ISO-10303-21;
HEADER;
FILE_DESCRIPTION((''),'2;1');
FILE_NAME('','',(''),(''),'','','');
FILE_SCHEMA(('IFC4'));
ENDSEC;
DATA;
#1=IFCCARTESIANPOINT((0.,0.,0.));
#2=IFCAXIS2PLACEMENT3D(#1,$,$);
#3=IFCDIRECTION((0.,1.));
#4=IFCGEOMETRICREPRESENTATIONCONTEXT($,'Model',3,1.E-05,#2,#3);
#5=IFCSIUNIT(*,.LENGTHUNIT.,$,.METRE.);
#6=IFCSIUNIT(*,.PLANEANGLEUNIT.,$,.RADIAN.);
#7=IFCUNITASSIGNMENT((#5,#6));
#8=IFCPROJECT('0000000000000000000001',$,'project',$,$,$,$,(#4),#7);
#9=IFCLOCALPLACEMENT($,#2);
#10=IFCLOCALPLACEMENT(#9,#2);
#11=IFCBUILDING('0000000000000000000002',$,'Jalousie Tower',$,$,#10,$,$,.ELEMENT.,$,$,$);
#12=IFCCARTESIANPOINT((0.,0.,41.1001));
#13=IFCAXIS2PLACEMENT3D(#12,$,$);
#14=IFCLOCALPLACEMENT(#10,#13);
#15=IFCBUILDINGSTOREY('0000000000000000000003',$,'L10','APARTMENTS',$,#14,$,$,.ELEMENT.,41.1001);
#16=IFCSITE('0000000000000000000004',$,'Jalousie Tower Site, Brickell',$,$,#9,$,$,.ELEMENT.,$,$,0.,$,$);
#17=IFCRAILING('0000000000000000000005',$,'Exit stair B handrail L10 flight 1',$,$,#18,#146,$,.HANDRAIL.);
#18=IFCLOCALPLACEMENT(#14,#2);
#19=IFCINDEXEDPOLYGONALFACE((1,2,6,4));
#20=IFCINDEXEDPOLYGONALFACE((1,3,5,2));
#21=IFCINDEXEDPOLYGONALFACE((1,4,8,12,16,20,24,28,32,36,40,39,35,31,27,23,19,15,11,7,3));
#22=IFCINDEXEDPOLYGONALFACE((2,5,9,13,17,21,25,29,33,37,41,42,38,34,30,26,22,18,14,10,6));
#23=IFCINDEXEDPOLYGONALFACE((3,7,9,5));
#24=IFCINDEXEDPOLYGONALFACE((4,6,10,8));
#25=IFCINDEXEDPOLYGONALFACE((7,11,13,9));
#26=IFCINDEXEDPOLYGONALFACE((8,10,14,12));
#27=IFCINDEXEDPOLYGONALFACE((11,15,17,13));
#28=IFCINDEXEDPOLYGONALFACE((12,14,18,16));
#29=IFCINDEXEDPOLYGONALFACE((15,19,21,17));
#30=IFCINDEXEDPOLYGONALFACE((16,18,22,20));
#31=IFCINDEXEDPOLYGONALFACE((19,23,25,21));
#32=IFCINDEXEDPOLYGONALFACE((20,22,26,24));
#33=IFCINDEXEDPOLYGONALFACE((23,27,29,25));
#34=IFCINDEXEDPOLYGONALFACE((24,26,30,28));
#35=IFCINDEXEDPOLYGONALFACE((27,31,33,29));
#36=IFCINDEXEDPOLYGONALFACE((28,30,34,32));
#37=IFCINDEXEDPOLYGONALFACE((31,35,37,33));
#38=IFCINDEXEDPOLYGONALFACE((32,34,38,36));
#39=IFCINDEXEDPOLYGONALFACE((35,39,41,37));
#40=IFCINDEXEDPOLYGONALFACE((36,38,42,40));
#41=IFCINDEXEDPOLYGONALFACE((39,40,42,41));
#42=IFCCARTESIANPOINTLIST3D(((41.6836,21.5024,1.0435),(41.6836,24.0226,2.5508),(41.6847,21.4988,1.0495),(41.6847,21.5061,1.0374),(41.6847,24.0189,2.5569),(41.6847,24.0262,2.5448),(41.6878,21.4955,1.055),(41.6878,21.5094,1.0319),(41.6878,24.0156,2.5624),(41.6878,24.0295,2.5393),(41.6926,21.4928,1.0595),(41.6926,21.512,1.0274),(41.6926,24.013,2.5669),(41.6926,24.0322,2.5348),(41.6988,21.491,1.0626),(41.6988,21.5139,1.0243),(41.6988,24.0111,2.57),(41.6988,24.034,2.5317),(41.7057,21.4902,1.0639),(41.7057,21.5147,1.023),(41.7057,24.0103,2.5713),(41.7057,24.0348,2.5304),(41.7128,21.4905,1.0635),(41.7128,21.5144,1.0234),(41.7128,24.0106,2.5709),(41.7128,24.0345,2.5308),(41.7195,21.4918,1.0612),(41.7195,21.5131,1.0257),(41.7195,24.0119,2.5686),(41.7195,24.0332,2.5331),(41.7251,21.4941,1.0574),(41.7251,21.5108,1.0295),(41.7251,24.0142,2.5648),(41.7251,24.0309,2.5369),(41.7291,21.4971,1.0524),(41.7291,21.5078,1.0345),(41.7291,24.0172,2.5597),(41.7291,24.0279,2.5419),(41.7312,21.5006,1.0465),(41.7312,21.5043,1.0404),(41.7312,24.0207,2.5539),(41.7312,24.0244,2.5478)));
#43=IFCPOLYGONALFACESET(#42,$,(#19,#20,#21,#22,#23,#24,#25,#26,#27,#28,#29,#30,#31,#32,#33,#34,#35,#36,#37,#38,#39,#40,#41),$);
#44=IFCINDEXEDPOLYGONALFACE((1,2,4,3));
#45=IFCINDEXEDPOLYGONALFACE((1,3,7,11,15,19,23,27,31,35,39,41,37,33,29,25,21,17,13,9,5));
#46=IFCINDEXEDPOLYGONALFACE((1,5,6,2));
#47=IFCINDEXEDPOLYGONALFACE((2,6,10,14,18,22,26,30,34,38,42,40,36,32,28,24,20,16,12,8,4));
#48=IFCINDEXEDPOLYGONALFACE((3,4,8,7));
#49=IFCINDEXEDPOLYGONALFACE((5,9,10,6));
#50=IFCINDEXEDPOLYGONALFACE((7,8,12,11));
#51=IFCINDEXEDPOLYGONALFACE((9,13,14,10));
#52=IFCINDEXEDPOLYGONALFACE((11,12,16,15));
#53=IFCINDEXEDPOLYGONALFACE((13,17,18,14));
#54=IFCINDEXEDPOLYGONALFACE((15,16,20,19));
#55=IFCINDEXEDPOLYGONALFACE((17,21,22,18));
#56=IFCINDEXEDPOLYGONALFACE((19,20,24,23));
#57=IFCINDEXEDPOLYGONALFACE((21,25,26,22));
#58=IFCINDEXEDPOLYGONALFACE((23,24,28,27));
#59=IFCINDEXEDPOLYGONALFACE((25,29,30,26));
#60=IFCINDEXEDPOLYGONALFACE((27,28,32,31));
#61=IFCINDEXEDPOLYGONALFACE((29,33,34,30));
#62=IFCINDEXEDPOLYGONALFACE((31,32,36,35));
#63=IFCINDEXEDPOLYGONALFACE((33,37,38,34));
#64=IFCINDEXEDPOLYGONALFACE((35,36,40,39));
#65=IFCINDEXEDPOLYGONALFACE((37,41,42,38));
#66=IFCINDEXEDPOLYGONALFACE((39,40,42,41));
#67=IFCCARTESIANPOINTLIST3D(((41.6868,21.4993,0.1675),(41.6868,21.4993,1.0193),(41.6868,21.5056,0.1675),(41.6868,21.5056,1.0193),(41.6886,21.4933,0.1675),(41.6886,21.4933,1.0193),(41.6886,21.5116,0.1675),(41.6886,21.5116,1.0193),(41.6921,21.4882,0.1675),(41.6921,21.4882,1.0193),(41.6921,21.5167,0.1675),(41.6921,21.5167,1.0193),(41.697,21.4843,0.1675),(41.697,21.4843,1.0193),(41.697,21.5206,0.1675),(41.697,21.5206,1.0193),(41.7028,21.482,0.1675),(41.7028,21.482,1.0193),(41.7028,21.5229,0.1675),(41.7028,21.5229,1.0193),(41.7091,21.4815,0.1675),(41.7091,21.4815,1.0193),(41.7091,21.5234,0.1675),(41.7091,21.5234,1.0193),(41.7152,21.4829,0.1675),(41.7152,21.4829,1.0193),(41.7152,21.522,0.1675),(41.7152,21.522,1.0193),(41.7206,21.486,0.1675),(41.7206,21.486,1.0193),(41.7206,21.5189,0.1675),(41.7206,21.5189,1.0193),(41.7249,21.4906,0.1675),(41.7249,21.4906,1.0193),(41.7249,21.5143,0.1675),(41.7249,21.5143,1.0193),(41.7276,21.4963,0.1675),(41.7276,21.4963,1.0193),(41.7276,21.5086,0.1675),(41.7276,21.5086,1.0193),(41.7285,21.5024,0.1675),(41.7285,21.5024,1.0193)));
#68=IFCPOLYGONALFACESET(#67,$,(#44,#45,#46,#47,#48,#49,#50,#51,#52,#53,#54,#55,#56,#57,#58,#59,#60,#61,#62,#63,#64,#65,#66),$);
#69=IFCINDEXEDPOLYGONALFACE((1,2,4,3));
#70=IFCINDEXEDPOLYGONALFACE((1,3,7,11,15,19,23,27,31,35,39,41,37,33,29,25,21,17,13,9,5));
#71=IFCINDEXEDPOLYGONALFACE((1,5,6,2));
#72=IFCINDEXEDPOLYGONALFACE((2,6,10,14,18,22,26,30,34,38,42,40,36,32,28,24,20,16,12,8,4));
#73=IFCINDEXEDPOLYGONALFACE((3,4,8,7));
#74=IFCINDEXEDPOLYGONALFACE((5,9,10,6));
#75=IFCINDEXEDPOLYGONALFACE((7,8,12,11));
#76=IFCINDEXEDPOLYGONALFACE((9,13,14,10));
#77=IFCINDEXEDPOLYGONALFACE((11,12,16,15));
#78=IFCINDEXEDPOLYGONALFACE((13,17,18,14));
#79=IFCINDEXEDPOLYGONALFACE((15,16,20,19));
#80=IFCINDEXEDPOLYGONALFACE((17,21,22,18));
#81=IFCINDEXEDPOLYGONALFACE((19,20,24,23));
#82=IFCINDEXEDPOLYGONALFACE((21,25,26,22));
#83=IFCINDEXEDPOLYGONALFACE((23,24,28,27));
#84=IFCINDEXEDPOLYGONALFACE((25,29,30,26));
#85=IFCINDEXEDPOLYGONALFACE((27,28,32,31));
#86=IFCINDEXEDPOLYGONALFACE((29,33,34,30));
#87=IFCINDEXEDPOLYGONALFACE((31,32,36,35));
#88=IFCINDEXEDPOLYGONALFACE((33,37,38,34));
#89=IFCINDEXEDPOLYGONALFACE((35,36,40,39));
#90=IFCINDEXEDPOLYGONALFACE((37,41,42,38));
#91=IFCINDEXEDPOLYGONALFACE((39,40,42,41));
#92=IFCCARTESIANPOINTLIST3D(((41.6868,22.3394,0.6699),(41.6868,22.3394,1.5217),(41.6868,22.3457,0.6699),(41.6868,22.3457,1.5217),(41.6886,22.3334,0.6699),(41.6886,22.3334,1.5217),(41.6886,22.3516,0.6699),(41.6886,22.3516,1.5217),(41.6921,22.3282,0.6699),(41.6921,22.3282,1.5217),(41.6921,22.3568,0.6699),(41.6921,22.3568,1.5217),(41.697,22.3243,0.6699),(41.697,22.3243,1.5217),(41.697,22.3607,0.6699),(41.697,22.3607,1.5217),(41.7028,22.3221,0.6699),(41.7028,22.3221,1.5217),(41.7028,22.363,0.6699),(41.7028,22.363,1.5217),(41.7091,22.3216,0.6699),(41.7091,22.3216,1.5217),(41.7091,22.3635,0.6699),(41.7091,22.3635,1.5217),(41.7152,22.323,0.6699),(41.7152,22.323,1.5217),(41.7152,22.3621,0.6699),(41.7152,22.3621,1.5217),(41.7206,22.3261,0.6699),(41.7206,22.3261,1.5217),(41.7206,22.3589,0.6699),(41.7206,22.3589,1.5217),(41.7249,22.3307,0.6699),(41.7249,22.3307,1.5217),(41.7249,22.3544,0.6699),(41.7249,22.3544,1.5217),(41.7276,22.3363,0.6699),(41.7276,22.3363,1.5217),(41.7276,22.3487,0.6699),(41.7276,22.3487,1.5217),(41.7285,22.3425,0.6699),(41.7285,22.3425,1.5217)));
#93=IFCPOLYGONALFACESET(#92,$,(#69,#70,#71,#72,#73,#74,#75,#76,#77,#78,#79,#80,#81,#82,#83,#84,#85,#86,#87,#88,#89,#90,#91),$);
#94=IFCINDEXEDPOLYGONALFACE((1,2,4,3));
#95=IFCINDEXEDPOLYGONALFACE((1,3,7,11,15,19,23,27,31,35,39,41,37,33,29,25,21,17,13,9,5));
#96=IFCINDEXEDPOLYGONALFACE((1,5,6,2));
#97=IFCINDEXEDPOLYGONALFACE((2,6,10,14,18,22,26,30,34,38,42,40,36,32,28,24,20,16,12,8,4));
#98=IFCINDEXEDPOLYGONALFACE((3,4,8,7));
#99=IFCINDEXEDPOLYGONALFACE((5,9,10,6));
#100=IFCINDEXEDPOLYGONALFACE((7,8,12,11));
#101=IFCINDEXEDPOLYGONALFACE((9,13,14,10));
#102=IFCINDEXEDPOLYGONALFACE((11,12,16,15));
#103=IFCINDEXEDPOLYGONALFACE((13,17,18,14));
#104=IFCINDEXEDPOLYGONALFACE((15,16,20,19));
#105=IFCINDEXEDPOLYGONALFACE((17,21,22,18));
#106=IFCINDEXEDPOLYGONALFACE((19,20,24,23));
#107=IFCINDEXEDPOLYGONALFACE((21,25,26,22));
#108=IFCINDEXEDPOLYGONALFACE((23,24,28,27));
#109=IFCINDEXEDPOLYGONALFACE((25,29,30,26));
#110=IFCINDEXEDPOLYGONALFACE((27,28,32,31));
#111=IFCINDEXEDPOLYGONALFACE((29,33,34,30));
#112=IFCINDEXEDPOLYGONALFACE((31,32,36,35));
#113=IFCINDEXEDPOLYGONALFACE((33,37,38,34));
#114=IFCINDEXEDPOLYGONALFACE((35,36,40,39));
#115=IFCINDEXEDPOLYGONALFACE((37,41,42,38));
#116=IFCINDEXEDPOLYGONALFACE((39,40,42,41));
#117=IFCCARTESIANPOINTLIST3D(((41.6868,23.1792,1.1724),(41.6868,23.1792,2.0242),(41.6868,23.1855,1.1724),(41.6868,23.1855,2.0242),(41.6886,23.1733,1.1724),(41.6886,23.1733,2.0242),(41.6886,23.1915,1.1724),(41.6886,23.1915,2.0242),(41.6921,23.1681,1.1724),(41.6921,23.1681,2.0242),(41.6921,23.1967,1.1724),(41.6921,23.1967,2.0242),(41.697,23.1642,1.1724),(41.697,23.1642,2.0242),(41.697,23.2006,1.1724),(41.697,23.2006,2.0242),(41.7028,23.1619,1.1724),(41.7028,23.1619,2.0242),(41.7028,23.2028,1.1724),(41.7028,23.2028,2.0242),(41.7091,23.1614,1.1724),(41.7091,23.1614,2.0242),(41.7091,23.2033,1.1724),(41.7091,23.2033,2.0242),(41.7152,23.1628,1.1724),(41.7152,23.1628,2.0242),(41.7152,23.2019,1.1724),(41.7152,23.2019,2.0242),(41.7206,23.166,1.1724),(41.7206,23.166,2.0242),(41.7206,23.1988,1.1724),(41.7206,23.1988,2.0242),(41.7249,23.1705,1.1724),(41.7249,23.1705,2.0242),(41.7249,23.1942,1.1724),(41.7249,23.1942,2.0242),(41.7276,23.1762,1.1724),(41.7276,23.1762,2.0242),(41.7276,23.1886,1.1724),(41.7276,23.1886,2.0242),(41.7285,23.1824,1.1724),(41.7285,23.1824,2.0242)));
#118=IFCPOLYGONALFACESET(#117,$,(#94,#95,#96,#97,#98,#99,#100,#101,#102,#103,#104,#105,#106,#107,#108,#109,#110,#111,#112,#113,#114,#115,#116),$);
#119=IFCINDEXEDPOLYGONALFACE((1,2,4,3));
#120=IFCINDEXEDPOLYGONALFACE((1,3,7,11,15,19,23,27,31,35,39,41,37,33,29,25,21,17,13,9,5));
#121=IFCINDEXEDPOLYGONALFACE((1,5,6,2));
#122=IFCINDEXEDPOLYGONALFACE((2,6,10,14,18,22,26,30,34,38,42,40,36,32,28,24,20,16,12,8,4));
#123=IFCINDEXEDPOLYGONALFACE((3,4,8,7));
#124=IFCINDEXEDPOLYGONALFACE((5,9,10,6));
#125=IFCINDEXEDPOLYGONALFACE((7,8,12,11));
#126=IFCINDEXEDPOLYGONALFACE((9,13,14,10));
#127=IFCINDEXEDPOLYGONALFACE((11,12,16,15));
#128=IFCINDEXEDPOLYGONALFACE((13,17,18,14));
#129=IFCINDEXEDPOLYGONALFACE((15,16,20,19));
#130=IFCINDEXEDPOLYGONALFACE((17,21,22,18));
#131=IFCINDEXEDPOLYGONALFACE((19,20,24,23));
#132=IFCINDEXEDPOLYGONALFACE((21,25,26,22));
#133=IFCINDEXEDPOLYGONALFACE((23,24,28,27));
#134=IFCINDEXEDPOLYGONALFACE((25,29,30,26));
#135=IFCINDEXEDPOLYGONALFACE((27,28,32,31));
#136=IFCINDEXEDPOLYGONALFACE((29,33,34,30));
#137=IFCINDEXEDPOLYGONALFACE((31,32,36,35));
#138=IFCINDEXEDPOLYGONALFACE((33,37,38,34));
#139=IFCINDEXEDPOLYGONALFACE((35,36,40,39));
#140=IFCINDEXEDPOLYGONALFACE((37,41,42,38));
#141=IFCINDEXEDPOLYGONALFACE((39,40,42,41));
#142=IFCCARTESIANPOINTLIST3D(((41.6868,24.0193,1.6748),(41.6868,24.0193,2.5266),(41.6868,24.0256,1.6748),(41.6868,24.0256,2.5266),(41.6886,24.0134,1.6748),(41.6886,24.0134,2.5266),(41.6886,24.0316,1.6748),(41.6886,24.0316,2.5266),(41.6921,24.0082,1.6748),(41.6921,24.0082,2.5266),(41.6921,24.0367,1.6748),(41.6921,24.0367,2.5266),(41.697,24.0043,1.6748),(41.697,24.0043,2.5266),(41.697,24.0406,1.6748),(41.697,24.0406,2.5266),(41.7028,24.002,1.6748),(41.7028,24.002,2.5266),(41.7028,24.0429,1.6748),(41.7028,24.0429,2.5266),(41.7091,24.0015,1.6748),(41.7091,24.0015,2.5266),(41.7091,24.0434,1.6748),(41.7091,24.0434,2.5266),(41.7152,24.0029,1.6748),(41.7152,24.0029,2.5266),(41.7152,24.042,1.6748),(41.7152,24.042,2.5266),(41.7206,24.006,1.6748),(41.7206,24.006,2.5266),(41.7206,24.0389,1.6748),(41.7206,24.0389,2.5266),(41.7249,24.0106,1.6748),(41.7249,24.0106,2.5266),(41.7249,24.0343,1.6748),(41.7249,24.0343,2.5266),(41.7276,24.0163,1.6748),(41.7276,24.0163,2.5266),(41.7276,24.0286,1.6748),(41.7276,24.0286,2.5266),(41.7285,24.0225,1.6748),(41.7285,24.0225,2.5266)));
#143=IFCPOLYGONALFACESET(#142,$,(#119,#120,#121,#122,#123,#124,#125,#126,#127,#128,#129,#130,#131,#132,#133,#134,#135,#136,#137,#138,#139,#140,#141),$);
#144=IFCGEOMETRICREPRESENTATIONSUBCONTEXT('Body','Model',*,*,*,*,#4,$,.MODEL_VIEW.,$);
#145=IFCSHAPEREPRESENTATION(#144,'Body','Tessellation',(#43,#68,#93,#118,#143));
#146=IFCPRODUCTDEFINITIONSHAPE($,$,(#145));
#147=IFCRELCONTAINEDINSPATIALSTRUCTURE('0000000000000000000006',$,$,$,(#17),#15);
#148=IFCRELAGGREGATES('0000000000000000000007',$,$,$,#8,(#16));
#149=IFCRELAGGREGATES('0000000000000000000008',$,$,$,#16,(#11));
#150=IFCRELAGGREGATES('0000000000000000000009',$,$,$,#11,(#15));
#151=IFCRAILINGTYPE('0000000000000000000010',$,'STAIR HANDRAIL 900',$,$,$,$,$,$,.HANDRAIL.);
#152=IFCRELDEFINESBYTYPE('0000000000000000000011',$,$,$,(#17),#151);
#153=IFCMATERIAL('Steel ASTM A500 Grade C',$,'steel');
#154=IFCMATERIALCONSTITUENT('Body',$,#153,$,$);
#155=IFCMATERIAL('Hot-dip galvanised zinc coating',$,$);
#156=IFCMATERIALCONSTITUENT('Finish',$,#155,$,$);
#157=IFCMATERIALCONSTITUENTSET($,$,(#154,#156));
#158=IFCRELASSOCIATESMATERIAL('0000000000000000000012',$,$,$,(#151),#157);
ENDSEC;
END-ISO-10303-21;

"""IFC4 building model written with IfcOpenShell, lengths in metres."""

from ifc_helpers import new_model, si_unit, direction, frame, origin, origin_2d, place, context, subcontext, project, spatial, circle, extrude, material, constituent, constituent_set, type_object, element, save


model = new_model("IFC4")

# Units and contexts
model_context = context("Model", 3, precision=1e-05, world=origin(), true_north=direction((0.0, 1.0)))
body_context = subcontext(model_context, "Body", "Model", "MODEL_VIEW")
ifc_project = project(units=[si_unit("LENGTHUNIT", "METRE"), si_unit("PLANEANGLEUNIT", "RADIAN")], contexts=[model_context])

# Site, building, storey
site_placement = place(None, origin())
site = spatial("IfcSite", under=ifc_project, at=site_placement, Name="Jalousie Tower Site, Brickell", CompositionType="ELEMENT", RefElevation=0.0)
building_placement = place(site_placement, origin())
building = spatial("IfcBuilding", under=site, at=building_placement, Name="Jalousie Tower", CompositionType="ELEMENT")
storey_placement = place(building_placement, frame((0.0, 0.0, 41.1001)))
storey = spatial("IfcBuildingStorey", under=building, at=storey_placement, Name="L10", Description="APARTMENTS", CompositionType="ELEMENT", Elevation=41.1001)

# Railing
ifc_material_1 = material(Name="Steel ASTM A500 Grade C", Category="steel")
ifc_constituent_1 = constituent(ifc_material_1, Name="Body")
ifc_material_2 = material(Name="Hot-dip galvanised zinc coating")
ifc_constituent_2 = constituent(ifc_material_2, Name="Finish")
ifc_constituent_set_1 = constituent_set(constituents=[ifc_constituent_1, ifc_constituent_2])
railing_type_1 = type_object("IfcRailingType", Name="STAIR HANDRAIL 900", PredefinedType="HANDRAIL", material=ifc_constituent_set_1)
railing_1_placement = place(storey_placement, frame((41.7075, 21.5024, 0.1675)))
element("IfcRailing", 1, at=railing_1_placement, inside=storey, type_object=railing_type_1, Name="Exit stair B handrail L10 flight 1", PredefinedType="HANDRAIL", context=body_context, shape_type="SweptSolid", body=[
    extrude(circle(Radius=0.0239, at=origin_2d()), frame((0.0, 0.0, 0.876), z_axis=(0.0, 0.858196, 0.513321), x_axis=(-1.0, 0.0, 0.0)), (0.0, 0.0, 1.0), 2.9365),
    extrude(circle(Radius=0.021, at=origin_2d()), origin(), (0.0, 0.0, 1.0), 0.8518),
    extrude(circle(Radius=0.021, at=origin_2d()), frame((0.0, 0.8401, 0.5024)), (0.0, 0.0, 1.0), 0.8518),
    extrude(circle(Radius=0.021, at=origin_2d()), frame((0.0, 1.6799, 1.0049)), (0.0, 0.0, 1.0), 0.8518),
    extrude(circle(Radius=0.021, at=origin_2d()), frame((0.0, 2.52, 1.5073)), (0.0, 0.0, 1.0), 0.8518),
])

save(model, "model.ifc")
